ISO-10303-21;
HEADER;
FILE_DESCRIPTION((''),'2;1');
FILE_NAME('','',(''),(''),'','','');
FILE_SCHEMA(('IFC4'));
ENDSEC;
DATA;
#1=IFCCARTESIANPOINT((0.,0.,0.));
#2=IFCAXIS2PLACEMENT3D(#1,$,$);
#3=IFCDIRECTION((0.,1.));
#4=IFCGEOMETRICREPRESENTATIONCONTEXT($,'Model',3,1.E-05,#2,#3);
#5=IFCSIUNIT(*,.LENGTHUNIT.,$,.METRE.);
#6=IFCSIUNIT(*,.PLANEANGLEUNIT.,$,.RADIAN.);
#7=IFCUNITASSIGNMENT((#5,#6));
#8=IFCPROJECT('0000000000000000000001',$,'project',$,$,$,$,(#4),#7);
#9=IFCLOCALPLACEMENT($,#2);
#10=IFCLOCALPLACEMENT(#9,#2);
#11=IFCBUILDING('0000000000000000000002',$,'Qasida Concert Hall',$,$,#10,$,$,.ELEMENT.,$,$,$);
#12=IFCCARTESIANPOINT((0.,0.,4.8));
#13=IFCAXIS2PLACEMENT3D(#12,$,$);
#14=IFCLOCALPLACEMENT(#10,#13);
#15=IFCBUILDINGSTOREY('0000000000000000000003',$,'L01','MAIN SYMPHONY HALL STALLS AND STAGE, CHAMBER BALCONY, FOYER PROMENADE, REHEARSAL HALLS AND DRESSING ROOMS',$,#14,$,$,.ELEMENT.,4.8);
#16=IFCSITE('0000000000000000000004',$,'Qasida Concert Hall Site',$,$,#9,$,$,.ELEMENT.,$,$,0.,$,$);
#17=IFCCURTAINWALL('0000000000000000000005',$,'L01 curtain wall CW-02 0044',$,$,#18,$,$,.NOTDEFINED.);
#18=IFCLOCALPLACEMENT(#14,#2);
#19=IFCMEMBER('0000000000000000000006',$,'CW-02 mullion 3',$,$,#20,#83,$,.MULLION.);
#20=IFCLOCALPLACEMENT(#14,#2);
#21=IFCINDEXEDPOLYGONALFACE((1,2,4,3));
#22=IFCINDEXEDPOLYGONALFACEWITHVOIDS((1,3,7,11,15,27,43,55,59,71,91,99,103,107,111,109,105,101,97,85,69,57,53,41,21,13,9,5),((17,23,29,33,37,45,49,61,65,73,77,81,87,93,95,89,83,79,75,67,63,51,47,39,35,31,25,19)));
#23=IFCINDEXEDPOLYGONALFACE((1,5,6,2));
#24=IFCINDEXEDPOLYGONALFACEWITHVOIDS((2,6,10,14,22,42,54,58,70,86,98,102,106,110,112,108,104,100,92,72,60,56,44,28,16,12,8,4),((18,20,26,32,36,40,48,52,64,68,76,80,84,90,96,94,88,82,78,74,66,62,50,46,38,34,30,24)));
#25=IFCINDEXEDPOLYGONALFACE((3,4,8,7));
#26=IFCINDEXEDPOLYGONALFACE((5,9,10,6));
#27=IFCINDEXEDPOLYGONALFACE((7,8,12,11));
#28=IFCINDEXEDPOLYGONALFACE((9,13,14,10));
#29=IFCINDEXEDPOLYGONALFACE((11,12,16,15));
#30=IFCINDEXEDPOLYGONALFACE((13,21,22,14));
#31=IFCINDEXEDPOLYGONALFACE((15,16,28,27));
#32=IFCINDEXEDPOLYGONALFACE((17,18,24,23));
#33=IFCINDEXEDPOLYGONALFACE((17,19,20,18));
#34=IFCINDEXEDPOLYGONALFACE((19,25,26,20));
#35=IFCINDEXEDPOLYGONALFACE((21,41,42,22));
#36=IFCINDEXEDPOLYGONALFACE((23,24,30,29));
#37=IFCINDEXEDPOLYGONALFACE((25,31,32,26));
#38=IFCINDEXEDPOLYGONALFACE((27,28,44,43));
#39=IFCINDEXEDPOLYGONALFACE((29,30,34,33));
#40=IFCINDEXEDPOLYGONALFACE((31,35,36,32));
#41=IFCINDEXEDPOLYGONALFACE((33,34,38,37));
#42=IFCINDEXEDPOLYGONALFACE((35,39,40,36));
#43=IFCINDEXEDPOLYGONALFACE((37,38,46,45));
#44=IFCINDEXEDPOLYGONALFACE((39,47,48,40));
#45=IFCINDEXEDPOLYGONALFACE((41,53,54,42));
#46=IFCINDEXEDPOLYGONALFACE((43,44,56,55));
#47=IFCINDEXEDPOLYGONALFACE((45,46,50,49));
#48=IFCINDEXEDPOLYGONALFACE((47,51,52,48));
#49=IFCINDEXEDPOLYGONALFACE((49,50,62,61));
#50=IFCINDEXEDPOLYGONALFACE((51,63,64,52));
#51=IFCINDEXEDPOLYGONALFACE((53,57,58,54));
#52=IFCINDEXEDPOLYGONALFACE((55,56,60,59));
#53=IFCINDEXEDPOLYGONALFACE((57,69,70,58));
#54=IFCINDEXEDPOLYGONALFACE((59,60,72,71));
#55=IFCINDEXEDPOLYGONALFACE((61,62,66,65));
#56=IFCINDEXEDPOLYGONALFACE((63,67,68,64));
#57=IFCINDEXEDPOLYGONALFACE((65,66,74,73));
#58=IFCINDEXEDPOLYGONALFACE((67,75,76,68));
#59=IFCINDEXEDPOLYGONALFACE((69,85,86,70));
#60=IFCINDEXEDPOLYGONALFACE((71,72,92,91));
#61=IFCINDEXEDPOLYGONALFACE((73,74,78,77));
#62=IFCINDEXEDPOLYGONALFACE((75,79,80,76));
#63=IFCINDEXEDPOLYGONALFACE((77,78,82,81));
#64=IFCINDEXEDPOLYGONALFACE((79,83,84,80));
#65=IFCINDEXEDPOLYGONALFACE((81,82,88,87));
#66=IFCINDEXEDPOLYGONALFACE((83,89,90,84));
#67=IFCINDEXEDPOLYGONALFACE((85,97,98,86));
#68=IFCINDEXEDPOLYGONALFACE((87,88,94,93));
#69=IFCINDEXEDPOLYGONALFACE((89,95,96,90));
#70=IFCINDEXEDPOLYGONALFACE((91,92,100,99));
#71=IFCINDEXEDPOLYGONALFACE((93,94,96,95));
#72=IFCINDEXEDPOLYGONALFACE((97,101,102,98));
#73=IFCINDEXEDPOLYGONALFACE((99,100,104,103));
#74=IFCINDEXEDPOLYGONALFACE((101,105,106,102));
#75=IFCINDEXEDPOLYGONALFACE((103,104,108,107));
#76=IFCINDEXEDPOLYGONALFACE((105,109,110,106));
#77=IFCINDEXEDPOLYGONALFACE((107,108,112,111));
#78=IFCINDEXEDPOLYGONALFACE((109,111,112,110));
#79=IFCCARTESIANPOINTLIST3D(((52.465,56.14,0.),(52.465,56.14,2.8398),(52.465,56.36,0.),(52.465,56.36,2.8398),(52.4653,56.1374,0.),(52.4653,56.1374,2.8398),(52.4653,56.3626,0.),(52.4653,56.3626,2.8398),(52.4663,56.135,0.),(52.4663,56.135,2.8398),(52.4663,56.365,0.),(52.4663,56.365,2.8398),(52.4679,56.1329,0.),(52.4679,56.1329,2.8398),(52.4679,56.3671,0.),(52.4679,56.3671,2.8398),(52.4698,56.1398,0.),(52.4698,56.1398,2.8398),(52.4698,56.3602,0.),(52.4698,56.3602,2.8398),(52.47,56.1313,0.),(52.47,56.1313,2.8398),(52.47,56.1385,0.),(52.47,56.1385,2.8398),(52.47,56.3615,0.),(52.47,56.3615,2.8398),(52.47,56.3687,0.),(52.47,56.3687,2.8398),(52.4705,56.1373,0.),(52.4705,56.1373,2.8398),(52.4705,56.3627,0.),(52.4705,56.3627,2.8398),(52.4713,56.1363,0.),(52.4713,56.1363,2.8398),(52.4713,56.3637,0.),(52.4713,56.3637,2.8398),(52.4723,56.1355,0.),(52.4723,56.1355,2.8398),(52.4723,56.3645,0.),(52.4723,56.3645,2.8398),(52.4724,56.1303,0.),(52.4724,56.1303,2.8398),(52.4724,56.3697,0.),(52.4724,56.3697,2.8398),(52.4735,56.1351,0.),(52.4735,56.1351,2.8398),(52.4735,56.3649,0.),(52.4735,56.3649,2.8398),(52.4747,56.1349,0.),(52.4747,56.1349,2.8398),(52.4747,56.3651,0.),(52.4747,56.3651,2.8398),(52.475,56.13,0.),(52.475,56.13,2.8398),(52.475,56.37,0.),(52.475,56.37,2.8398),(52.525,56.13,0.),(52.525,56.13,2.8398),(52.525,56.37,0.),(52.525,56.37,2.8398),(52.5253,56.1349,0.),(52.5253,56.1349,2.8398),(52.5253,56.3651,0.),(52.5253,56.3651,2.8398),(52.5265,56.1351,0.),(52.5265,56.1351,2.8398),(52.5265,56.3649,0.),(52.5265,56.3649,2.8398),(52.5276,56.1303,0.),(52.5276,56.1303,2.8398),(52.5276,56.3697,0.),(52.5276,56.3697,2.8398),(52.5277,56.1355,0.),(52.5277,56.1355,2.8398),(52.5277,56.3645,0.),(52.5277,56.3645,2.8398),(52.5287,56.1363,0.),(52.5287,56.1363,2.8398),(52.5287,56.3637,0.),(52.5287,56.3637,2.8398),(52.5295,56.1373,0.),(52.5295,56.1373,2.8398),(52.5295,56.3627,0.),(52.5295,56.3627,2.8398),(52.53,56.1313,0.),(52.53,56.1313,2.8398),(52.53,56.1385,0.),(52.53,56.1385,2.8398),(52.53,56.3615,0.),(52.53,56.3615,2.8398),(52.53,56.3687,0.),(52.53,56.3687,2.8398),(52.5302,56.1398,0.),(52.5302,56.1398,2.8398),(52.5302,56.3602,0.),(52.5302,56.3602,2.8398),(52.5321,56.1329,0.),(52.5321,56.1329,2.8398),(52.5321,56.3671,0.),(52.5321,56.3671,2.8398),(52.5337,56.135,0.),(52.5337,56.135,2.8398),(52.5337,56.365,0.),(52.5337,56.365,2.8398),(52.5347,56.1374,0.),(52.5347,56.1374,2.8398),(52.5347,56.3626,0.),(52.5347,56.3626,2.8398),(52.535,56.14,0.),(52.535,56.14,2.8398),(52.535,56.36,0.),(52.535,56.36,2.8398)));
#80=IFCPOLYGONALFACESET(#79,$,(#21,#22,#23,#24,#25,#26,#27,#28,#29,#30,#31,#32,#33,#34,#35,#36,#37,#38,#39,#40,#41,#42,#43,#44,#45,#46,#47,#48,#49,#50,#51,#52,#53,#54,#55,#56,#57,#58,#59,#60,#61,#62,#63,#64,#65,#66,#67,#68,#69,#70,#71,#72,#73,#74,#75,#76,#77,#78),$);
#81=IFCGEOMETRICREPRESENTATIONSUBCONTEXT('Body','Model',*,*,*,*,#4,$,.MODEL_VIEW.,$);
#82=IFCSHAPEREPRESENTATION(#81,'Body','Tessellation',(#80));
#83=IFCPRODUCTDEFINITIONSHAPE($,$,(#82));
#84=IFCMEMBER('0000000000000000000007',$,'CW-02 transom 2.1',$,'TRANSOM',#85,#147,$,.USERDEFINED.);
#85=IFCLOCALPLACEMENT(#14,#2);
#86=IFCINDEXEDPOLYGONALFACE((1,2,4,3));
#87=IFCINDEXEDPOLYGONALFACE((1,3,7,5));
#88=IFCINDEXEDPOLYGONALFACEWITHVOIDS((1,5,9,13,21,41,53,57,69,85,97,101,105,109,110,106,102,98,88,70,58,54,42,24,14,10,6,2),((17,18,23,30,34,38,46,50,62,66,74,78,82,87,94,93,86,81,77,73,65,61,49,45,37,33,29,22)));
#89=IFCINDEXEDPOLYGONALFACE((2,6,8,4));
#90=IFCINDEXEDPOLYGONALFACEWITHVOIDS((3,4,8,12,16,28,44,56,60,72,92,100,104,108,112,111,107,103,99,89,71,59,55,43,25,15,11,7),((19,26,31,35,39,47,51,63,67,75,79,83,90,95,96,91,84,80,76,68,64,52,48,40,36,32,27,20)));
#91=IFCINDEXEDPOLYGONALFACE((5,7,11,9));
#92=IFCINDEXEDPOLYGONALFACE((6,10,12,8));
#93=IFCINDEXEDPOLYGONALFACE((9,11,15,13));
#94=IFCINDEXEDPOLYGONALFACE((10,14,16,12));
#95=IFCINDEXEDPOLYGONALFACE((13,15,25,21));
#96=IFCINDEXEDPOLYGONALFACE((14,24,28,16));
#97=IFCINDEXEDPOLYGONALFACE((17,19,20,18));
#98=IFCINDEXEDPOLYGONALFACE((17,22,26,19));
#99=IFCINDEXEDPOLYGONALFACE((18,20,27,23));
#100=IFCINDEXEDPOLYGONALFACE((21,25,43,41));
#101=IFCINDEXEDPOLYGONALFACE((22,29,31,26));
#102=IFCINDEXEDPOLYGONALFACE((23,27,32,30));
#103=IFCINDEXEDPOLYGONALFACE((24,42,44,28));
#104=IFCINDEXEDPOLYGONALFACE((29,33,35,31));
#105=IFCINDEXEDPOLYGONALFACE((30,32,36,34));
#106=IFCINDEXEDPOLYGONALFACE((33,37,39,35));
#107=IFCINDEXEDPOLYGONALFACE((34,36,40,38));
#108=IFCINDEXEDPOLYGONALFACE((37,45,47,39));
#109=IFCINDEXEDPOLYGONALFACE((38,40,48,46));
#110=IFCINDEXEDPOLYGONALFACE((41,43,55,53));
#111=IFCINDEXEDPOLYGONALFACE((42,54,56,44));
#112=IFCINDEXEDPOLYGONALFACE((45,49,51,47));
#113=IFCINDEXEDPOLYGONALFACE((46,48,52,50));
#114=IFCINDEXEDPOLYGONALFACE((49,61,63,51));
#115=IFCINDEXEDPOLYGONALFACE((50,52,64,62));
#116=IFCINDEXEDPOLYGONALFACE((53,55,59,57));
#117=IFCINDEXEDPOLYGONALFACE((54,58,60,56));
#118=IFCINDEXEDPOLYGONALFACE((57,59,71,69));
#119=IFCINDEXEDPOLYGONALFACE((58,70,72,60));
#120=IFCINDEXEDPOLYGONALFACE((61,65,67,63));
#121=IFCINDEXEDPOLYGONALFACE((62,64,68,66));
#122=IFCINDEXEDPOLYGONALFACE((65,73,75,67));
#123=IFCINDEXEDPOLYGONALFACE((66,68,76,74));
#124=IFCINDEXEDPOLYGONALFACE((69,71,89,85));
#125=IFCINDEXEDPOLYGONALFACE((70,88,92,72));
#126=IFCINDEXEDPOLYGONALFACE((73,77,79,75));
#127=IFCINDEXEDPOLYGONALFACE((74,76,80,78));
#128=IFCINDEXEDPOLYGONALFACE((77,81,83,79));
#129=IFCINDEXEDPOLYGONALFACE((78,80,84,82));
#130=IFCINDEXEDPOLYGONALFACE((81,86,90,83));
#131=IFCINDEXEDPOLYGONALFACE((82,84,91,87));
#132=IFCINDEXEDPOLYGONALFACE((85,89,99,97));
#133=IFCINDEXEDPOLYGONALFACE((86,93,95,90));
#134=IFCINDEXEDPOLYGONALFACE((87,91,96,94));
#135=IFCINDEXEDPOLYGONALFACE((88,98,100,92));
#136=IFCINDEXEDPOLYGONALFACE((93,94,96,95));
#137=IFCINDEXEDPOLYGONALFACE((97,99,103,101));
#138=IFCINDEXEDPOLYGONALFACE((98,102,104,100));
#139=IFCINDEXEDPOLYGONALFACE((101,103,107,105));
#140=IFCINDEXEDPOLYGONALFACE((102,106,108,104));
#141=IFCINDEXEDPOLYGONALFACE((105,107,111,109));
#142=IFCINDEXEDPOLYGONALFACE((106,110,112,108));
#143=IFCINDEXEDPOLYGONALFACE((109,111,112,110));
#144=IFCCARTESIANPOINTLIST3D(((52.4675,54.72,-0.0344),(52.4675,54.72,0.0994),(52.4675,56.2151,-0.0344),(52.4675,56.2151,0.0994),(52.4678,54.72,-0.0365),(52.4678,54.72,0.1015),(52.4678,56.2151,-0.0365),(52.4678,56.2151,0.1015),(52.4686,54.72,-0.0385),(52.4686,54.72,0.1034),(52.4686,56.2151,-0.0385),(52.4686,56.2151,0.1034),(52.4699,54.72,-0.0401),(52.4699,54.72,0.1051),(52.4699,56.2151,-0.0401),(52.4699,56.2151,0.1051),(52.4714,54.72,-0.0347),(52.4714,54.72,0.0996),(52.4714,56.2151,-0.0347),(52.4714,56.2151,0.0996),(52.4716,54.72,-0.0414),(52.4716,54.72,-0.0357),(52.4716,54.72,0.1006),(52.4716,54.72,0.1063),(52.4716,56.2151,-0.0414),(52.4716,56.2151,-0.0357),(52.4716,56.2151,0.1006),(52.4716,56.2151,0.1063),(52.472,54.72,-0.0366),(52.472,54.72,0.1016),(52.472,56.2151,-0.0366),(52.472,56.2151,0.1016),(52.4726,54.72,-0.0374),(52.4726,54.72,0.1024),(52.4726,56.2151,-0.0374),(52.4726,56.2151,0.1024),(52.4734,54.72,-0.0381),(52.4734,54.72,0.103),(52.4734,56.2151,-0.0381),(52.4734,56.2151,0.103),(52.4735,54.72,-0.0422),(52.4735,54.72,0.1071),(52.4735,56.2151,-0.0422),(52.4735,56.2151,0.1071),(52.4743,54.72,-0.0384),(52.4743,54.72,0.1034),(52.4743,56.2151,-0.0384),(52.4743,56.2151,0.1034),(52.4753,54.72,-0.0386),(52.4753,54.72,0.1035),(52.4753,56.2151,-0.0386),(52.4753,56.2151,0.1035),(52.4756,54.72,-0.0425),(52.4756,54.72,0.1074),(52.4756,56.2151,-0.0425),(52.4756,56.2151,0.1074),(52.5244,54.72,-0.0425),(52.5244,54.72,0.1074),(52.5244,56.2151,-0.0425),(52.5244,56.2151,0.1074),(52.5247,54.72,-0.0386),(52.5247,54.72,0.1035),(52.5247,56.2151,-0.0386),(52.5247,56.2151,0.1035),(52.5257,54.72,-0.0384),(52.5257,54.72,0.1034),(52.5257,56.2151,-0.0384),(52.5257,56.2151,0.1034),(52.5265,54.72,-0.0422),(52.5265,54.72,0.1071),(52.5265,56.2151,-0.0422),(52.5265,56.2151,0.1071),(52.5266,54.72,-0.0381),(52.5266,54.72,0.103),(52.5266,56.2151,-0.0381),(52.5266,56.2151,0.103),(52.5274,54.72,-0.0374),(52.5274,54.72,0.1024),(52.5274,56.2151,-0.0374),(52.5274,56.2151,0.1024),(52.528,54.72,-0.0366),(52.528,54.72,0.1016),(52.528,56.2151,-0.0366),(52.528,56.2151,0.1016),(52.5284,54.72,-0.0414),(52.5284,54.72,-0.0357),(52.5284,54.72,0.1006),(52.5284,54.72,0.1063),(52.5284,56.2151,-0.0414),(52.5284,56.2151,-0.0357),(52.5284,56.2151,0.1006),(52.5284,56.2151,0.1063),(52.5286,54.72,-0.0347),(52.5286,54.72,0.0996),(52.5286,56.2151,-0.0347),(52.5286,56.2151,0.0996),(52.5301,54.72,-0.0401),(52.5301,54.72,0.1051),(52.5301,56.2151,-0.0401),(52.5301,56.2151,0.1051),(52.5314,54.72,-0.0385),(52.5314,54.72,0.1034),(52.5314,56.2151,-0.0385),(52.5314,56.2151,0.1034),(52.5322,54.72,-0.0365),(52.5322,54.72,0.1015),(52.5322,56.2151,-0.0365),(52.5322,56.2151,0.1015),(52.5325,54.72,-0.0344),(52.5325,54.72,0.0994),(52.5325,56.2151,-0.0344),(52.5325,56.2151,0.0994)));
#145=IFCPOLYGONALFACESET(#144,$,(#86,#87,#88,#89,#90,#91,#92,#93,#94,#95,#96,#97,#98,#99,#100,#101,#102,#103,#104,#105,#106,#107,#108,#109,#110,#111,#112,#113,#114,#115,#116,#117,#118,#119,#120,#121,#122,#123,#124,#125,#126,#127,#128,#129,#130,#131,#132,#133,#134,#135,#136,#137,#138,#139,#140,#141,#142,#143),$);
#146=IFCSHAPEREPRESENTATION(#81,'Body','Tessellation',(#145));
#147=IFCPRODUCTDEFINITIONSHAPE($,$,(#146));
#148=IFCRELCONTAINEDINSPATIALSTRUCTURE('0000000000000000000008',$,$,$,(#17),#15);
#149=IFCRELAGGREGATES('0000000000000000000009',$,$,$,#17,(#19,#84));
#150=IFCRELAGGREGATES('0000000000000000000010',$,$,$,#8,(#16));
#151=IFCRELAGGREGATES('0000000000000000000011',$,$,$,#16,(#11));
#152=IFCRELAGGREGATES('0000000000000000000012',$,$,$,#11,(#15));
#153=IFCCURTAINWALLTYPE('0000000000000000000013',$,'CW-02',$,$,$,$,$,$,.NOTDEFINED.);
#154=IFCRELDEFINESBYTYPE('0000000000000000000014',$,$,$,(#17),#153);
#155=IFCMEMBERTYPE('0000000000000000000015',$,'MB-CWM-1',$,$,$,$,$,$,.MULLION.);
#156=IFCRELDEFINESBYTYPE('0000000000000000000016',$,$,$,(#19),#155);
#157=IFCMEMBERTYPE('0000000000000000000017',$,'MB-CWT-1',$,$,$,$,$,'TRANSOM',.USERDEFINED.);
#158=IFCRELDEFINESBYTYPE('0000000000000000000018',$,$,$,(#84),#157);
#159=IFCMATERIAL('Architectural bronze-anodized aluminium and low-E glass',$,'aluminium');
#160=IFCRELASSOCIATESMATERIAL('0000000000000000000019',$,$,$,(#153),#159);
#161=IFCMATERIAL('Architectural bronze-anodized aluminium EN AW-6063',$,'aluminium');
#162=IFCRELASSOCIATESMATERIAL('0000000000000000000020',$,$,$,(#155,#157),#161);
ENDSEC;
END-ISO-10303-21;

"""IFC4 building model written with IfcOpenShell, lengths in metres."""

from ifc_helpers import new_model, si_unit, direction, frame, origin, origin_2d, place, context, subcontext, project, spatial, hollow_rectangle, extrude, material, material_profile, profile_set, type_object, element, aggregate, save


model = new_model("IFC4")

# Units and contexts
model_context = context("Model", 3, precision=1e-05, world=origin(), true_north=direction((0.0, 1.0)))
body_context = subcontext(model_context, "Body", "Model", "MODEL_VIEW")
ifc_project = project(units=[si_unit("LENGTHUNIT", "METRE"), si_unit("PLANEANGLEUNIT", "RADIAN")], contexts=[model_context])

# Site, building, storey
site_placement = place(None, origin())
site = spatial("IfcSite", under=ifc_project, at=site_placement, Name="Qasida Concert Hall Site", CompositionType="ELEMENT", RefElevation=0.0)
building_placement = place(site_placement, origin())
building = spatial("IfcBuilding", under=site, at=building_placement, Name="Qasida Concert Hall", CompositionType="ELEMENT")
storey_placement = place(building_placement, frame((0.0, 0.0, 4.8)))
storey = spatial("IfcBuildingStorey", under=building, at=storey_placement, Name="L01", Description="MAIN SYMPHONY HALL STALLS AND STAGE, CHAMBER BALCONY, FOYER PROMENADE, REHEARSAL HALLS AND DRESSING ROOMS", CompositionType="ELEMENT", Elevation=4.8)

# Curtain wall, members
ifc_material_1 = material(Name="Architectural bronze-anodized aluminium and low-E glass", Category="aluminium")
curtain_wall_type = type_object("IfcCurtainWallType", Name="CW-02", PredefinedType="NOTDEFINED", material=ifc_material_1)
curtain_wall_placement = place(storey_placement, origin())
curtain_wall = element("IfcCurtainWall", 1, at=curtain_wall_placement, inside=storey, type_object=curtain_wall_type, Name="L01 curtain wall CW-02 0044", PredefinedType="NOTDEFINED")
ifc_material_2 = material(Name="Architectural bronze-anodized aluminium EN AW-6063", Category="aluminium")
ifc_material_profile_1 = material_profile(ifc_material_2, hollow_rectangle(XDim=0.0701, YDim=0.24, WallThickness=0.0049, InnerFilletRadius=0.0049, OuterFilletRadius=0.01, at=origin_2d()), Name="CWM 240x70x5")
ifc_profile_set_1 = profile_set([ifc_material_profile_1], Name="Architectural bronze-anodized aluminium EN AW-6063")
member_type_1 = type_object("IfcMemberType", Name="MB-CWM-1", PredefinedType="MULLION", material=ifc_profile_set_1)
member_1_placement = place(storey_placement, frame((52.5, 56.25, 0.0), z_axis=(0.0, 0.0, 1.0), x_axis=(-1.0, 0.0, 0.0)))
member_1 = element("IfcMember", 2, at=member_1_placement, type_object=member_type_1, Name="CW-02 mullion 3", PredefinedType="MULLION", context=body_context, shape_type="SweptSolid", body=[
    extrude(hollow_rectangle(XDim=0.0701, YDim=0.24, WallThickness=0.0049, InnerFilletRadius=0.0049, OuterFilletRadius=0.01, at=origin_2d()), origin(), (0.0, 0.0, 1.0), 2.8398),
])
ifc_material_profile_2 = material_profile(ifc_material_2, hollow_rectangle(XDim=0.0649, YDim=0.1499, WallThickness=0.0039, InnerFilletRadius=0.0039, OuterFilletRadius=0.0081, at=origin_2d()), Name="CWT 150x65x4")
ifc_profile_set_2 = profile_set([ifc_material_profile_2], Name="Architectural bronze-anodized aluminium EN AW-6063")
member_type_2 = type_object("IfcMemberType", Name="MB-CWT-1", ElementType="TRANSOM", PredefinedType="USERDEFINED", material=ifc_profile_set_2)
member_2_placement = place(storey_placement, frame((52.5, 54.72, 0.0325), z_axis=(0.0, 1.0, 0.0), x_axis=(-1.0, 0.0, 0.0)))
member_2 = element("IfcMember", 3, at=member_2_placement, type_object=member_type_2, Name="CW-02 transom 2.1", ObjectType="TRANSOM", PredefinedType="USERDEFINED", context=body_context, shape_type="SweptSolid", body=[
    extrude(hollow_rectangle(XDim=0.0649, YDim=0.1499, WallThickness=0.0039, InnerFilletRadius=0.0039, OuterFilletRadius=0.0081, at=origin_2d()), origin(), (0.0, 0.0, 1.0), 1.4951),
])
aggregate(curtain_wall, [member_1, member_2])

save(model, "model.ifc")
